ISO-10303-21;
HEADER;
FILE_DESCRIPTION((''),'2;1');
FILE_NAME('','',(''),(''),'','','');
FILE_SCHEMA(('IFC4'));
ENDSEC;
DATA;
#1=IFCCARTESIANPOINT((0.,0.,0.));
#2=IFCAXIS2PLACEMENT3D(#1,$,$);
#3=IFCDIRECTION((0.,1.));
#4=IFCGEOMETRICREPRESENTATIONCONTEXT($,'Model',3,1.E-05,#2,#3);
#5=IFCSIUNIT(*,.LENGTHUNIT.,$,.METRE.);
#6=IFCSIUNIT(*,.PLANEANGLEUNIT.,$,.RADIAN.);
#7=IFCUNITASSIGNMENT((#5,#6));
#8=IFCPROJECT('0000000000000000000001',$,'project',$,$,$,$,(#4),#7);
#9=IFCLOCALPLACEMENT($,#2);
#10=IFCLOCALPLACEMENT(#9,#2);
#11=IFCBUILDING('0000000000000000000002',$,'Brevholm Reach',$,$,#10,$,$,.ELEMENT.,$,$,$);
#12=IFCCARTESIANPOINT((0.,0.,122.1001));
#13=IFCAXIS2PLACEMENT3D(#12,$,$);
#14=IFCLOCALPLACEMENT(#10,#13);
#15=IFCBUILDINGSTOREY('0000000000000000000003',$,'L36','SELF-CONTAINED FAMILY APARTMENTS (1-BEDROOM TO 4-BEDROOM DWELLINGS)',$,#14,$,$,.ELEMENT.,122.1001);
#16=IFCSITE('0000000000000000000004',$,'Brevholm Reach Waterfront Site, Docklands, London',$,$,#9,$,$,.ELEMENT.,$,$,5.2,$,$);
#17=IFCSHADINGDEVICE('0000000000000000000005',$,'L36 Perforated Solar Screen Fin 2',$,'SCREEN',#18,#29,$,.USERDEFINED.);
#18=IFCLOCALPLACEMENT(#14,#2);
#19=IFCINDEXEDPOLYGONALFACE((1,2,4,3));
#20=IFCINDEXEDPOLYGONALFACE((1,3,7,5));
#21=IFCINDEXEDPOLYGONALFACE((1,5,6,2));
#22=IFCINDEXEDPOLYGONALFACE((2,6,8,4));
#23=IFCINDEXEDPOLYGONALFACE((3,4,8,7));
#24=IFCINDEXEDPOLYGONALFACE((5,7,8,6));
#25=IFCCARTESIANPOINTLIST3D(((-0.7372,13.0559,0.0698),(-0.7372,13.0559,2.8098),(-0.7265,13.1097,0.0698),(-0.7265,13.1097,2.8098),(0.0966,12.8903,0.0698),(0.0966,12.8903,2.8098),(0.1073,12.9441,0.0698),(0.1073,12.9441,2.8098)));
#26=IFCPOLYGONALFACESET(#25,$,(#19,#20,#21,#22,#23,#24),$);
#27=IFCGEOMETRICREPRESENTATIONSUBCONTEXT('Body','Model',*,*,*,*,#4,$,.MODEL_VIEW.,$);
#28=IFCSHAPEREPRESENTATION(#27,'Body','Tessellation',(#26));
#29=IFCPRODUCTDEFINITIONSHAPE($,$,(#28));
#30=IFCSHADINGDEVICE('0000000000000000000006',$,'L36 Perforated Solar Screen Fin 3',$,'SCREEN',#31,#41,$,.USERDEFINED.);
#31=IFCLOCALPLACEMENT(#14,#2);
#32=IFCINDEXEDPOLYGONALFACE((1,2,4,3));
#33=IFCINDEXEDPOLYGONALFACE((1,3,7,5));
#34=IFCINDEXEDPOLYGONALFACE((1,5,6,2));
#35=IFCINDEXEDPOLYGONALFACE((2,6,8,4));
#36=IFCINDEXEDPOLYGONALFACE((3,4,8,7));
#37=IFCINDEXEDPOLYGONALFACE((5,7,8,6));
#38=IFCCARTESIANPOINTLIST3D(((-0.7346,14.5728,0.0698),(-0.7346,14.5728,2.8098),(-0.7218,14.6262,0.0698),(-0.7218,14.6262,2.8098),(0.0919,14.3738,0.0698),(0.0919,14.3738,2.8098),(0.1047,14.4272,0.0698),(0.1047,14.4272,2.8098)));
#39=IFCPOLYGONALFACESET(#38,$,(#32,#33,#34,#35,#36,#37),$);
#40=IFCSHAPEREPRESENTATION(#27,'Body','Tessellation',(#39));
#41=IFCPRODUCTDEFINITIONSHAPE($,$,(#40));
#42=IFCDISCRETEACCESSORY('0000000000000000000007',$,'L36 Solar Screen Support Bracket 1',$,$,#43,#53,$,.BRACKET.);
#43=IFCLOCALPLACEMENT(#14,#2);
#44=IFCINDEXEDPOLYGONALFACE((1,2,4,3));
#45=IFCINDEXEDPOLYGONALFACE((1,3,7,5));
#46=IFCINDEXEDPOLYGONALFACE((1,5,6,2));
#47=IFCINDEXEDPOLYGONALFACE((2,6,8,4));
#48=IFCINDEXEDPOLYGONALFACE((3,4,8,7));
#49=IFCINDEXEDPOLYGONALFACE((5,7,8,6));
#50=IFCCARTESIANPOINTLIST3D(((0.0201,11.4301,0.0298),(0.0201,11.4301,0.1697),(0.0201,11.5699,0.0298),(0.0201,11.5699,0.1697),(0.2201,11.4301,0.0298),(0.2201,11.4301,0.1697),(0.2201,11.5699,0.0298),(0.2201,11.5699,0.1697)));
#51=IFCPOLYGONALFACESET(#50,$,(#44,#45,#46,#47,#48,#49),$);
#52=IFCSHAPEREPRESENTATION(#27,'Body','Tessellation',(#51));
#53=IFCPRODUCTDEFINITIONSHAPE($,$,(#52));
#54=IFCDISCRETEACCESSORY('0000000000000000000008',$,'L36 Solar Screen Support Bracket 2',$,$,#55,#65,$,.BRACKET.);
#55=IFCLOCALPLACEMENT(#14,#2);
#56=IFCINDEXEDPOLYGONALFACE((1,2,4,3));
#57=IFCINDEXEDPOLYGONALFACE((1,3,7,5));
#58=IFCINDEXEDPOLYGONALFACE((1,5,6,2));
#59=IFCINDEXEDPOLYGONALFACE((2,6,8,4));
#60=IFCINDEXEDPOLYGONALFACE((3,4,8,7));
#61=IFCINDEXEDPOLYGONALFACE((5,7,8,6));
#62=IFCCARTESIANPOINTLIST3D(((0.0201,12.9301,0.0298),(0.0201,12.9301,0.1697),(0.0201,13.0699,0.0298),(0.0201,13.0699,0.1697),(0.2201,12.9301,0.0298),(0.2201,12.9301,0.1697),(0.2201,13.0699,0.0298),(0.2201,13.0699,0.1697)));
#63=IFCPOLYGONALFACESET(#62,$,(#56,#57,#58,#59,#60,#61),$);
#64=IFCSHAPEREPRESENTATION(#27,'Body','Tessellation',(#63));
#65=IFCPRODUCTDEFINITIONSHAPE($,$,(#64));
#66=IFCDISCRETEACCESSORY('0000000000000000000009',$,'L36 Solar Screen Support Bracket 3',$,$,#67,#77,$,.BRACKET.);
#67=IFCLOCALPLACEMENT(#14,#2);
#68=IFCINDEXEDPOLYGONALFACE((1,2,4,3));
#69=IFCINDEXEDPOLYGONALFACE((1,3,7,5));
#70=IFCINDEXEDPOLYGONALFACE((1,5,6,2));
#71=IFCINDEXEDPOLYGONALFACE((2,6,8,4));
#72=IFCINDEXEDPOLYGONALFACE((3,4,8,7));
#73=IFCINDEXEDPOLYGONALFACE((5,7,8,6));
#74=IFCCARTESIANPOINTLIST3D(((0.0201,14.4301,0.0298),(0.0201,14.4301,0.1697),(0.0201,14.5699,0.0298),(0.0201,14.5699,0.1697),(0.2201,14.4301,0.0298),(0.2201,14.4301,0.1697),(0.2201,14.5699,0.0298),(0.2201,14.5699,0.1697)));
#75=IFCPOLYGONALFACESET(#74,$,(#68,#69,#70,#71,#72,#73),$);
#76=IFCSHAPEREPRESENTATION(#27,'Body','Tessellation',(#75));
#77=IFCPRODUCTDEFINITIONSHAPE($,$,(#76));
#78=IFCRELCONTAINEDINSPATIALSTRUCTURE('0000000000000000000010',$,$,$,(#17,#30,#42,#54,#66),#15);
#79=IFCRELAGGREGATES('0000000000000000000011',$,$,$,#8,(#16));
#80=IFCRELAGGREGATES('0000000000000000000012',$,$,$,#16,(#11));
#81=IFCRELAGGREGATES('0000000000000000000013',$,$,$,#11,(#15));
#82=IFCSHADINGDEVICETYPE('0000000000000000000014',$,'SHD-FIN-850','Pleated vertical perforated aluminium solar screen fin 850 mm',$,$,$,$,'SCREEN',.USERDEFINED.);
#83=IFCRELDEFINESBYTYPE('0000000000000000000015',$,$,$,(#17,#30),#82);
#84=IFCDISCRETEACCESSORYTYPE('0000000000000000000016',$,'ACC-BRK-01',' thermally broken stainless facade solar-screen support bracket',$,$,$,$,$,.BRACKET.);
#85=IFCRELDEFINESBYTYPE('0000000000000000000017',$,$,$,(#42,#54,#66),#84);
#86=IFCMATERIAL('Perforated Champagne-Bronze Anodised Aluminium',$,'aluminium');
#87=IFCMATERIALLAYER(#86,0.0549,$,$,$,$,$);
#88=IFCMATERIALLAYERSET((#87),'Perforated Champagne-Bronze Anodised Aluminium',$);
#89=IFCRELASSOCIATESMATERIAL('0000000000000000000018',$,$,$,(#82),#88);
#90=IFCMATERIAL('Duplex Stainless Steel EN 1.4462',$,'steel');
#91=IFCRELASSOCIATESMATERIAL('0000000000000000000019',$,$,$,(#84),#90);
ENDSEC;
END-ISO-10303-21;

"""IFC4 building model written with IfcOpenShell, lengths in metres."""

from ifc_helpers import new_model, si_unit, direction, frame, origin, origin_2d, place, context, subcontext, project, spatial, rectangle, extrude, material, layer, layer_set, type_object, element, save


model = new_model("IFC4")

# Units and contexts
model_context = context("Model", 3, precision=1e-05, world=origin(), true_north=direction((0.0, 1.0)))
body_context = subcontext(model_context, "Body", "Model", "MODEL_VIEW")
ifc_project = project(units=[si_unit("LENGTHUNIT", "METRE"), si_unit("PLANEANGLEUNIT", "RADIAN")], contexts=[model_context])

# Site, building, storey
site_placement = place(None, origin())
site = spatial("IfcSite", under=ifc_project, at=site_placement, Name="Brevholm Reach Waterfront Site, Docklands, London", CompositionType="ELEMENT", RefElevation=5.2)
building_placement = place(site_placement, origin())
building = spatial("IfcBuilding", under=site, at=building_placement, Name="Brevholm Reach", CompositionType="ELEMENT")
storey_placement = place(building_placement, frame((0.0, 0.0, 122.1001)))
storey = spatial("IfcBuildingStorey", under=building, at=storey_placement, Name="L36", Description="SELF-CONTAINED FAMILY APARTMENTS (1-BEDROOM TO 4-BEDROOM DWELLINGS)", CompositionType="ELEMENT", Elevation=122.1001)

# Shading devices
ifc_material_1 = material(Name="Perforated Champagne-Bronze Anodised Aluminium", Category="aluminium")
ifc_layer_1 = layer(ifc_material_1, 0.0549)
ifc_layer_set_1 = layer_set([ifc_layer_1], Name="Perforated Champagne-Bronze Anodised Aluminium")
shading_device_type = type_object("IfcShadingDeviceType", Name="SHD-FIN-850", Description="Pleated vertical perforated aluminium solar screen fin 850 mm", ElementType="SCREEN", PredefinedType="USERDEFINED", material=ifc_layer_set_1)
for number, where, z_axis, x_axis, name in (
    (1, (-0.3149, 13.0, 0.0698), (0.0, 0.0, 1.0), (-0.980843, 0.194799, 0.0), "L36 Perforated Solar Screen Fin 2"),
    (2, (-0.3149, 14.5, 0.0698), (0.0, 0.0, 1.0), (-0.972219, 0.234073, 0.0), "L36 Perforated Solar Screen Fin 3"),
):
    element("IfcShadingDevice", number, at=place(storey_placement, frame(where, z_axis=z_axis, x_axis=x_axis)), inside=storey, type_object=shading_device_type, Name=name, ObjectType="SCREEN", PredefinedType="USERDEFINED", context=body_context, shape_type="SweptSolid", body=[
        extrude(rectangle(XDim=0.8501, YDim=0.0549, at=origin_2d()), origin(), (0.0, 0.0, 1.0), 2.74),
    ])

# Discrete accessories
ifc_material_2 = material(Name="Duplex Stainless Steel EN 1.4462", Category="steel")
discrete_accessory_type = type_object("IfcDiscreteAccessoryType", Name="ACC-BRK-01", Description=" thermally broken stainless facade solar-screen support bracket", PredefinedType="BRACKET", material=ifc_material_2)
for number, where, z_axis, x_axis, name in (
    (3, (0.1201, 11.5, 0.0298), (0.0, 0.0, 1.0), (-1.0, 0.0, 0.0), "L36 Solar Screen Support Bracket 1"),
    (4, (0.1201, 13.0, 0.0298), (0.0, 0.0, 1.0), (-1.0, 0.0, 0.0), "L36 Solar Screen Support Bracket 2"),
    (5, (0.1201, 14.5, 0.0298), (0.0, 0.0, 1.0), (-1.0, 0.0, 0.0), "L36 Solar Screen Support Bracket 3"),
):
    element("IfcDiscreteAccessory", number, at=place(storey_placement, frame(where, z_axis=z_axis, x_axis=x_axis)), inside=storey, type_object=discrete_accessory_type, Name=name, PredefinedType="BRACKET", context=body_context, shape_type="SweptSolid", body=[
        extrude(rectangle(XDim=0.2, YDim=0.1399, at=origin_2d()), origin(), (0.0, 0.0, 1.0), 0.1399),
    ])

save(model, "model.ifc")
